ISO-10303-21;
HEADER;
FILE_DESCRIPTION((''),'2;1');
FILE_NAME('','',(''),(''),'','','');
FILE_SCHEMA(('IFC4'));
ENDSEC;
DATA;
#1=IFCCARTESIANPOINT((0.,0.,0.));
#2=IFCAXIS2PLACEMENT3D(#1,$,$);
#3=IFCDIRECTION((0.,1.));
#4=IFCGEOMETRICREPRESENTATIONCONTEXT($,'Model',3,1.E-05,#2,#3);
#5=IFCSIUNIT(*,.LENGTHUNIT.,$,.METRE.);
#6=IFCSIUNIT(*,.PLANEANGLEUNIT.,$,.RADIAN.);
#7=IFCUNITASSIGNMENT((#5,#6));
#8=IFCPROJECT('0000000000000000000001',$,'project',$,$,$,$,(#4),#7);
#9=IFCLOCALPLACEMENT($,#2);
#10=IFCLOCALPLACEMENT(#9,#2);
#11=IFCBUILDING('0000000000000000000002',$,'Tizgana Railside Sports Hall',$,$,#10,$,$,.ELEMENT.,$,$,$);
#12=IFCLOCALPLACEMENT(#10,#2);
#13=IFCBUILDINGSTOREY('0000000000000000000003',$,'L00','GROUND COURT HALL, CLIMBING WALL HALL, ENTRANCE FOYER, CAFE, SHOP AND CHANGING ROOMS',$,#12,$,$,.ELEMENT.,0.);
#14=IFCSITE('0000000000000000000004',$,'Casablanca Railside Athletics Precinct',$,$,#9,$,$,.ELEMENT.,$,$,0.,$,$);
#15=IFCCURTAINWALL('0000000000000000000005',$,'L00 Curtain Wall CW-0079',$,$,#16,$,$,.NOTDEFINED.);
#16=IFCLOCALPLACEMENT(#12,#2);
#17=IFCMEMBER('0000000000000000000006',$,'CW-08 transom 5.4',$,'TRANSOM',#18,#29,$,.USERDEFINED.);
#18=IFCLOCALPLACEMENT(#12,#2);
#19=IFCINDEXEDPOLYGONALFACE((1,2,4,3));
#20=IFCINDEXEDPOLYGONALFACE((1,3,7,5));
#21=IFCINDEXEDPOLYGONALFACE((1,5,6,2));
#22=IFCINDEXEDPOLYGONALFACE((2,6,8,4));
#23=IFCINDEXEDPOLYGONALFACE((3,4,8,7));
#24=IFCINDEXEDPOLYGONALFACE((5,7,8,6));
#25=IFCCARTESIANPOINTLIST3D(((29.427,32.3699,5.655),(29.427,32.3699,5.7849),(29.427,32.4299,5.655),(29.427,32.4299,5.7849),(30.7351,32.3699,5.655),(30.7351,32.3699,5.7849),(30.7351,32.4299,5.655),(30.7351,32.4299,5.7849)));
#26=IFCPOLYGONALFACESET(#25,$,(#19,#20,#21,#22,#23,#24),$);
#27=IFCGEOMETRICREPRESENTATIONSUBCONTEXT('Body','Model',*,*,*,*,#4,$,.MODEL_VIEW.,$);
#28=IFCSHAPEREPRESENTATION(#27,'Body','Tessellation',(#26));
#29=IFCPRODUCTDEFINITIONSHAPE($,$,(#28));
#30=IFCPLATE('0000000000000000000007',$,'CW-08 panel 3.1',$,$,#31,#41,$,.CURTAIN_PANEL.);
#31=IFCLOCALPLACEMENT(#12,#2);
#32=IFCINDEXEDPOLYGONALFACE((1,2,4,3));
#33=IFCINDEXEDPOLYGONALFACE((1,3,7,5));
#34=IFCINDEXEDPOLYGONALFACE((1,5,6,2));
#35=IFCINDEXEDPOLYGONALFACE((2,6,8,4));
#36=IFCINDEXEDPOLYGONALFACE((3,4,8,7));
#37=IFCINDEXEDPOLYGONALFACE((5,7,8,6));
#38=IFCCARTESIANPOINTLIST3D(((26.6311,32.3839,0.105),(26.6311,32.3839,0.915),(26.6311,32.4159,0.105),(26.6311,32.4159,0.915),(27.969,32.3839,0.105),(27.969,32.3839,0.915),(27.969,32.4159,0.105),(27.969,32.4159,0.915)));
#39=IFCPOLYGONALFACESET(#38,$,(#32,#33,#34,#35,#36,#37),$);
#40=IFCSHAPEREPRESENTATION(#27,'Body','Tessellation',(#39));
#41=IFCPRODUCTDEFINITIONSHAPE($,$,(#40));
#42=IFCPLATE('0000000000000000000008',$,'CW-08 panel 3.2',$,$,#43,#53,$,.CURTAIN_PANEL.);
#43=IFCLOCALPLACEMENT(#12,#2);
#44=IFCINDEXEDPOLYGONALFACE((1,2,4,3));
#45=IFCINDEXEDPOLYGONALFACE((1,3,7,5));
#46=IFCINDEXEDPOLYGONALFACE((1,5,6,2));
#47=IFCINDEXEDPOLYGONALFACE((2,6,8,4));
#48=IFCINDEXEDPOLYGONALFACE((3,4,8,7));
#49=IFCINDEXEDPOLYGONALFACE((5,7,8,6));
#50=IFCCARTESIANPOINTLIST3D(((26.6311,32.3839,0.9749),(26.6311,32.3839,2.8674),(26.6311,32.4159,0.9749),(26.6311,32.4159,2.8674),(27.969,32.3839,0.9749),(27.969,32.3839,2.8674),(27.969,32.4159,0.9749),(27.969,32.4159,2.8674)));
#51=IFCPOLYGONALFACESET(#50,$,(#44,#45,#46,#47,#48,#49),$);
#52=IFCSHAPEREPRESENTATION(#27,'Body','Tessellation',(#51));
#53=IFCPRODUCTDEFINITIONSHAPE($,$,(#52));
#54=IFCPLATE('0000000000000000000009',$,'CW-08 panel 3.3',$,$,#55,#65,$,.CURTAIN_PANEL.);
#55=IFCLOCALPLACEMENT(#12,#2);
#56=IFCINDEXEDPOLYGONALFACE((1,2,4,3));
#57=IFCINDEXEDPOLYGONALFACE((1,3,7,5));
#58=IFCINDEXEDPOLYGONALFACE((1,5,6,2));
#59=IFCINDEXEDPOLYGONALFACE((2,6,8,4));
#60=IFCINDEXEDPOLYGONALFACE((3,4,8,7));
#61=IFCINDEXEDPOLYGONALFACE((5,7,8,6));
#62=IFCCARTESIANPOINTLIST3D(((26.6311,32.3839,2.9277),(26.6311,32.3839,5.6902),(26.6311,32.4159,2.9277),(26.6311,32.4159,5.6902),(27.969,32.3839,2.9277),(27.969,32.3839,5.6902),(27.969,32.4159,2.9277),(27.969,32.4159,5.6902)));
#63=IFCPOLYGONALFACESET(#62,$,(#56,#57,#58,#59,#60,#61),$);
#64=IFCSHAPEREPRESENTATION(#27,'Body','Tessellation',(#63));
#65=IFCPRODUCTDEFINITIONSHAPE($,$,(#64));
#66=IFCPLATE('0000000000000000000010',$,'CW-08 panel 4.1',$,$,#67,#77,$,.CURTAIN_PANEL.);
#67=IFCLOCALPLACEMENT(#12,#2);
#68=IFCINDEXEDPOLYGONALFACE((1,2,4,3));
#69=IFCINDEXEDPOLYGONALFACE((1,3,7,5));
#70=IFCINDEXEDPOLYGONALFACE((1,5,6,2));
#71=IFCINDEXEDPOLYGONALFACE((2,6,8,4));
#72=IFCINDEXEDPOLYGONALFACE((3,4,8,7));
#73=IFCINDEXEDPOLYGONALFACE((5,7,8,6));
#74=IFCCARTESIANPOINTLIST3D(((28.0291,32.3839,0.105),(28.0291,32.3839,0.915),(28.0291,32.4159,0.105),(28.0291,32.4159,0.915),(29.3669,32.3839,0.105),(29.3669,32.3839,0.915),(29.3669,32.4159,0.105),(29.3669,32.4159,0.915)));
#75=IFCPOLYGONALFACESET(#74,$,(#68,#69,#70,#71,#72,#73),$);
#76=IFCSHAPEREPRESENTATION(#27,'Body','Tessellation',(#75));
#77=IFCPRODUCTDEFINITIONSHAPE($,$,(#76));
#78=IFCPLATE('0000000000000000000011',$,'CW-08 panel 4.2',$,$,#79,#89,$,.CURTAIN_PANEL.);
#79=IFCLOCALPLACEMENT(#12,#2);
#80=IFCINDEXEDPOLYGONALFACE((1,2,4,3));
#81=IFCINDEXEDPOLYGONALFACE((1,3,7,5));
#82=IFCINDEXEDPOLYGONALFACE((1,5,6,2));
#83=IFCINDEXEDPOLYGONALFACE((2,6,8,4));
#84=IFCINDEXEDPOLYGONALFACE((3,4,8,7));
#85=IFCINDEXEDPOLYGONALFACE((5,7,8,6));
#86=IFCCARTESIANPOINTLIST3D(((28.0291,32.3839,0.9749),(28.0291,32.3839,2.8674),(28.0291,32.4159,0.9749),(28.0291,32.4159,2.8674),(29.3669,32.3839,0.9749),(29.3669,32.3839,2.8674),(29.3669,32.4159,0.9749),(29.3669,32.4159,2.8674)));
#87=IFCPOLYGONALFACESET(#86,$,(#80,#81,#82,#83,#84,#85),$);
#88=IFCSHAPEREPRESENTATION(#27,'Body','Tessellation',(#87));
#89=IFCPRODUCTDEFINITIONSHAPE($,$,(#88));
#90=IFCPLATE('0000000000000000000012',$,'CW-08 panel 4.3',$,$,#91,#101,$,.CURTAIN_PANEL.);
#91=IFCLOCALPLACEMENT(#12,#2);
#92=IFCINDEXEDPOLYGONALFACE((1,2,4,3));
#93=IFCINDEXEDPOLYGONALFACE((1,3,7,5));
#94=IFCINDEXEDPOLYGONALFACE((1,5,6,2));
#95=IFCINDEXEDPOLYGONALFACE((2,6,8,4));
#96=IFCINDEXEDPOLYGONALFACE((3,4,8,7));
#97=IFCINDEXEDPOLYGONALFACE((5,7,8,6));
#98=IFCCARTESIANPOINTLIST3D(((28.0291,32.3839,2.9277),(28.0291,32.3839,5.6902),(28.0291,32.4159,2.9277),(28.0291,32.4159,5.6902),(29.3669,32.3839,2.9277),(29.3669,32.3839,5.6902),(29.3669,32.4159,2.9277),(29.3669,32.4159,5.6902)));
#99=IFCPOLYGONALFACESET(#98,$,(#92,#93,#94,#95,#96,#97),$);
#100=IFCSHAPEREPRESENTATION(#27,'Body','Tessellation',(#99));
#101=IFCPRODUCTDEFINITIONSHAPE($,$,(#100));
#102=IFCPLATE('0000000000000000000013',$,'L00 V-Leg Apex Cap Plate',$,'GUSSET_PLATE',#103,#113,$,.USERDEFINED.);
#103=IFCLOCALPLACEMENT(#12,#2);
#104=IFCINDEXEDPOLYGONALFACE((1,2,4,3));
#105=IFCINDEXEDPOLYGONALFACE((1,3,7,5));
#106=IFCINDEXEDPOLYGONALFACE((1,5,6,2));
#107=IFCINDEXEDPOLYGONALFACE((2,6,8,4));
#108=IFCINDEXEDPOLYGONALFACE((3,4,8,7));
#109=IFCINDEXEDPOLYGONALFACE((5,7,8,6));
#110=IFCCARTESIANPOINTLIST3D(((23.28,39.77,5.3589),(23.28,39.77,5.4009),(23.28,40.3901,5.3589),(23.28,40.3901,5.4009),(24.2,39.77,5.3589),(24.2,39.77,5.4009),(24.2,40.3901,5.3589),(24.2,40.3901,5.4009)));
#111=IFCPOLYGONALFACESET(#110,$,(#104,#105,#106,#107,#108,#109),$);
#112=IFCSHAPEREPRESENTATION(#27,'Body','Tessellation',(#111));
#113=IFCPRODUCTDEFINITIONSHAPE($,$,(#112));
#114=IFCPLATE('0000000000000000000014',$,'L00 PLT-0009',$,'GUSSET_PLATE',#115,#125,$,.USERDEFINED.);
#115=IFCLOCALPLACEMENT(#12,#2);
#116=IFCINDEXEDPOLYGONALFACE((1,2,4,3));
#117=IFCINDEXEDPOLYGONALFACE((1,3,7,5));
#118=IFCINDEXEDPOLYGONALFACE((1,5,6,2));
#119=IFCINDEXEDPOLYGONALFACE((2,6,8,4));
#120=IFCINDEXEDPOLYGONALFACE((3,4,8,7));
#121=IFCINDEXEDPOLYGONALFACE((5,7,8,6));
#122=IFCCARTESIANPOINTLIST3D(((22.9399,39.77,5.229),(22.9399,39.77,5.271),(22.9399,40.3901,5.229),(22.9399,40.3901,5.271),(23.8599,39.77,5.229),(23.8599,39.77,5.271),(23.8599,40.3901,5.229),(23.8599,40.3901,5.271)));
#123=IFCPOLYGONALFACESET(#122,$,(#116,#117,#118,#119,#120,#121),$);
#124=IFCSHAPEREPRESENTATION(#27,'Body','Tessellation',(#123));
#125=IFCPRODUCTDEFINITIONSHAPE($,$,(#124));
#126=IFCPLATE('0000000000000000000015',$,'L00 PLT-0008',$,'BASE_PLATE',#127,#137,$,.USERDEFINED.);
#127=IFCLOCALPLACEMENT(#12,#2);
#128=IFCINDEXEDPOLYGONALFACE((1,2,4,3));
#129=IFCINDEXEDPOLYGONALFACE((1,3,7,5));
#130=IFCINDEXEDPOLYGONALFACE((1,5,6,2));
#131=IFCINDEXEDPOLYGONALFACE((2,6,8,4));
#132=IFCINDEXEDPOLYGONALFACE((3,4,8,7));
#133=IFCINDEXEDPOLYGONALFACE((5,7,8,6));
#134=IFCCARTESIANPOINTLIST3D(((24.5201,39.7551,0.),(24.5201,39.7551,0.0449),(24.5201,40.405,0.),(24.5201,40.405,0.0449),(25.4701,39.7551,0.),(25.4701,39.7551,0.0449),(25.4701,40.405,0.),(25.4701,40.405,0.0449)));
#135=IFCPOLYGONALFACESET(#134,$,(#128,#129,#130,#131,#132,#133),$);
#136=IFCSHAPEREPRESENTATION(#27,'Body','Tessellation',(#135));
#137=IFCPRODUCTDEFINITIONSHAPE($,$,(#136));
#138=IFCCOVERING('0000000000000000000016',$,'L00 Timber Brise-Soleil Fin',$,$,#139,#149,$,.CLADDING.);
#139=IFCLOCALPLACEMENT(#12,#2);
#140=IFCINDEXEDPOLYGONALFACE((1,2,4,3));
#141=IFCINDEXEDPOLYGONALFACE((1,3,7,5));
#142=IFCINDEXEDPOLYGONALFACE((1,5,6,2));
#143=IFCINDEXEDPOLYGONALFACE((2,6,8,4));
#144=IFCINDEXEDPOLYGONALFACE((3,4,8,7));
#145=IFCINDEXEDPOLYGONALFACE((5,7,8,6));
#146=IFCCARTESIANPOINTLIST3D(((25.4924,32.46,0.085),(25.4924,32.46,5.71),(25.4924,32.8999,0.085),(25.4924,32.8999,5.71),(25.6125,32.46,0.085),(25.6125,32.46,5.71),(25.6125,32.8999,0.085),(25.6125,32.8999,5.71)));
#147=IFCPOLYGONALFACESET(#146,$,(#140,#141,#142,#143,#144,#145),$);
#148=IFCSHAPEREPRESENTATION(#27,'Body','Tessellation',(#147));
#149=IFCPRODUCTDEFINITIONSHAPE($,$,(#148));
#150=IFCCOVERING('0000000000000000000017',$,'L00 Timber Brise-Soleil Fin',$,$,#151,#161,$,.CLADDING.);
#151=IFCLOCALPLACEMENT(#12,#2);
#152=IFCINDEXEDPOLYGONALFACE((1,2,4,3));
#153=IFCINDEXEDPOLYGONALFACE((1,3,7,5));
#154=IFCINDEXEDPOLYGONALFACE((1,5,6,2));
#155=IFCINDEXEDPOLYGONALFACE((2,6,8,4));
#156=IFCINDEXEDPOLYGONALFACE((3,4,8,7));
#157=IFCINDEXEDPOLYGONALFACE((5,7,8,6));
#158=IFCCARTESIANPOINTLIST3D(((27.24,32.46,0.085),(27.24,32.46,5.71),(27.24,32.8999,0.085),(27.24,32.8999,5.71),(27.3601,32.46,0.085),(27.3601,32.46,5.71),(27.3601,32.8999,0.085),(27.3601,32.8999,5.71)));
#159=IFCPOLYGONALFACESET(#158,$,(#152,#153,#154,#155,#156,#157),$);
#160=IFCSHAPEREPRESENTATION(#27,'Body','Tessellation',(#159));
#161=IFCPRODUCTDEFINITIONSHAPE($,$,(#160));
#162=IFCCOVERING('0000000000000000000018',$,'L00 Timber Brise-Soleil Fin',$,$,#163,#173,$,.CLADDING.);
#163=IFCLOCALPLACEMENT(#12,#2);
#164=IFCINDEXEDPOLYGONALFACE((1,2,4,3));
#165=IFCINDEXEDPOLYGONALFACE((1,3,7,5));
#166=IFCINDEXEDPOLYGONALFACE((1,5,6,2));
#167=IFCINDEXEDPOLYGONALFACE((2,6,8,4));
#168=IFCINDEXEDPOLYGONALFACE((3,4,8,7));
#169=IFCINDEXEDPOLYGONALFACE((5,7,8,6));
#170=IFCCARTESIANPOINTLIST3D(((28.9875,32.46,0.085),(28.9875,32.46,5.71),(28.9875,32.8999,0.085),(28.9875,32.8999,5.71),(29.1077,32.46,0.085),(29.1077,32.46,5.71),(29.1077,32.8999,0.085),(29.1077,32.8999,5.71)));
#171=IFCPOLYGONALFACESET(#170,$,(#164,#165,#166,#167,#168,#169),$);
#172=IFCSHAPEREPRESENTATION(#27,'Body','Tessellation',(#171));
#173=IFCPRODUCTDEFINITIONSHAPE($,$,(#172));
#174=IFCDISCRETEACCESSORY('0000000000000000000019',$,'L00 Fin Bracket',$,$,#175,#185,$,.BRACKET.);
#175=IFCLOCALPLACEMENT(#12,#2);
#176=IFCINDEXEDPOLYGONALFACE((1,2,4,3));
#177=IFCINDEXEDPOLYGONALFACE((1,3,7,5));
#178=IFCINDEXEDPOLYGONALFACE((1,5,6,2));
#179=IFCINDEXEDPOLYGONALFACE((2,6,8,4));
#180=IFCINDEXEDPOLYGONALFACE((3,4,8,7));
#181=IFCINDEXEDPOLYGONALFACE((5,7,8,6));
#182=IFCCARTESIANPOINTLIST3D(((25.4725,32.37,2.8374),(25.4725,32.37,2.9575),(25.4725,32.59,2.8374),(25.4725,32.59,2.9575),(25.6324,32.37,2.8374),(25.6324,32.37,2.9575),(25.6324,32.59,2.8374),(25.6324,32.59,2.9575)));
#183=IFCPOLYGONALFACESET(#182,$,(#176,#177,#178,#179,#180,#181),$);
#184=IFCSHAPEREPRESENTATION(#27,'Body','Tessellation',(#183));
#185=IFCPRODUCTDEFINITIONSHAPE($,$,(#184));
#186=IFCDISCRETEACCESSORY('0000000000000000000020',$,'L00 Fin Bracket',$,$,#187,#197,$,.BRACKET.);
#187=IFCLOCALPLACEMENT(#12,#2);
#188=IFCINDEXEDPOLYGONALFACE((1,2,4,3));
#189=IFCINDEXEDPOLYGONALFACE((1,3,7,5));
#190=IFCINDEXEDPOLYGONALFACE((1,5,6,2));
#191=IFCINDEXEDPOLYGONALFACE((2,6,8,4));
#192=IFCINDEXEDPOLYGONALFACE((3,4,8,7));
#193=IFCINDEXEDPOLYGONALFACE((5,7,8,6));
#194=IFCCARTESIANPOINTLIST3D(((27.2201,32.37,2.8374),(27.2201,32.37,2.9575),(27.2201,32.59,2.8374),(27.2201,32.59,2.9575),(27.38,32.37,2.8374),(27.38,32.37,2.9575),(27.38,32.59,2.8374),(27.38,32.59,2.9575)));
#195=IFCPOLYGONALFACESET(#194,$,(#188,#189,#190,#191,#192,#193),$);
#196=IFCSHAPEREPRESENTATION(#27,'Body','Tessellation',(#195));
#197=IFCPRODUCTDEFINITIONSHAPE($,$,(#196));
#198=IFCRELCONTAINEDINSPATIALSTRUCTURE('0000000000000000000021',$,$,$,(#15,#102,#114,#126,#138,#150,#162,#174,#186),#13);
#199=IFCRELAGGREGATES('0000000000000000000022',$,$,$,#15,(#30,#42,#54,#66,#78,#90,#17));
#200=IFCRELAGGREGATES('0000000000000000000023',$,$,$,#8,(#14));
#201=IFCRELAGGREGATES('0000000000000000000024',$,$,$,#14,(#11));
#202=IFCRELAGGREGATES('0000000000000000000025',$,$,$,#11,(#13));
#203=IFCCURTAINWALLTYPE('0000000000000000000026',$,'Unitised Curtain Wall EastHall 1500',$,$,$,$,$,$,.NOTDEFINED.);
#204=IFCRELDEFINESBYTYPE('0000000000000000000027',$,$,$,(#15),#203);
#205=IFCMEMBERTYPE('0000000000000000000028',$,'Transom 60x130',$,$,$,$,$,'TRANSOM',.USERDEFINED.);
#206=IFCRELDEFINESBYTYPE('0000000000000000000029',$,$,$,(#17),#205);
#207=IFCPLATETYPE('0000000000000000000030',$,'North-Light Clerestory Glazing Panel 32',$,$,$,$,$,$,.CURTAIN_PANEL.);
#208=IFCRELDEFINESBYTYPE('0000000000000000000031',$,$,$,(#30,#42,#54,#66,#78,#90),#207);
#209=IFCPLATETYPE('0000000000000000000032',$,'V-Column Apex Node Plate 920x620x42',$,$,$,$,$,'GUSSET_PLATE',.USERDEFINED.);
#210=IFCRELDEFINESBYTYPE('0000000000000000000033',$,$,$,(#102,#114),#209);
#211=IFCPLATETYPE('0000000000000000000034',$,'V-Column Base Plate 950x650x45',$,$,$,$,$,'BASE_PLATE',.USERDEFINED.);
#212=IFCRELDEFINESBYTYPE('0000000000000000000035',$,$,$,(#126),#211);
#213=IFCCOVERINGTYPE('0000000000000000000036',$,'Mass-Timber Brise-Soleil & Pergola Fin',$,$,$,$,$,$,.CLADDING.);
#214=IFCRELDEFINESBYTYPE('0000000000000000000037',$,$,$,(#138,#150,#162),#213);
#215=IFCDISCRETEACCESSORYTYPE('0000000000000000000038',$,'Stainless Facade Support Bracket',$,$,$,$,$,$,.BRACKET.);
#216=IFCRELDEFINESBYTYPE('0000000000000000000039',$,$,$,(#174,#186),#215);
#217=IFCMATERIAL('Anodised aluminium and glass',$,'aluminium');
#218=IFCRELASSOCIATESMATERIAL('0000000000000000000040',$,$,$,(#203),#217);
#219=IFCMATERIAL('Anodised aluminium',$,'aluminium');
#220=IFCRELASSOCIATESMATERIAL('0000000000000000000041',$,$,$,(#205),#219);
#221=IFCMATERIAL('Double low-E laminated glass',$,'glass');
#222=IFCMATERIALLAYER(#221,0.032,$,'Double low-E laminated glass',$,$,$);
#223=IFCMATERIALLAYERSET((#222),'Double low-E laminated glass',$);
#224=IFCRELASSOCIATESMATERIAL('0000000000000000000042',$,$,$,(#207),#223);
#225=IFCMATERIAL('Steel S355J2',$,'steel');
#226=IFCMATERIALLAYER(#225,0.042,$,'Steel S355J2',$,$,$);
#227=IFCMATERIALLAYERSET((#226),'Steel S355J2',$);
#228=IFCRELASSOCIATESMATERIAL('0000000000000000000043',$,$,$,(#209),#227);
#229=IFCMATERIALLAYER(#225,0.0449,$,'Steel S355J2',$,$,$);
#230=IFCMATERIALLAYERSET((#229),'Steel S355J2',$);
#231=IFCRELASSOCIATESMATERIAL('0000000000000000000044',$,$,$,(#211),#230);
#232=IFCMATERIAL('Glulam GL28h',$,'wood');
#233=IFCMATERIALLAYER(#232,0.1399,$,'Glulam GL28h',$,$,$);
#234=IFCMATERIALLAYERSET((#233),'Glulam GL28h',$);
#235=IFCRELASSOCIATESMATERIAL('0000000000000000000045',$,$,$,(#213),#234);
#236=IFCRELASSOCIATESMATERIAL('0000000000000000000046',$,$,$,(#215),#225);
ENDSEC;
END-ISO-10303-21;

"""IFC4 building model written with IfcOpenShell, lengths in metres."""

from ifc_helpers import new_model, si_unit, direction, frame, origin, origin_2d, place, context, subcontext, project, spatial, rectangle, extrude, material, layer, layer_set, material_profile, profile_set, type_object, element, aggregate, save


model = new_model("IFC4")

# Units and contexts
model_context = context("Model", 3, precision=1e-05, world=origin(), true_north=direction((0.0, 1.0)))
body_context = subcontext(model_context, "Body", "Model", "MODEL_VIEW")
ifc_project = project(units=[si_unit("LENGTHUNIT", "METRE"), si_unit("PLANEANGLEUNIT", "RADIAN")], contexts=[model_context])

# Site, building, storey
site_placement = place(None, origin())
site = spatial("IfcSite", under=ifc_project, at=site_placement, Name="Casablanca Railside Athletics Precinct", CompositionType="ELEMENT", RefElevation=0.0)
building_placement = place(site_placement, origin())
building = spatial("IfcBuilding", under=site, at=building_placement, Name="Tizgana Railside Sports Hall", CompositionType="ELEMENT")
storey_placement = place(building_placement, origin())
storey = spatial("IfcBuildingStorey", under=building, at=storey_placement, Name="L00", Description="GROUND COURT HALL, CLIMBING WALL HALL, ENTRANCE FOYER, CAFE, SHOP AND CHANGING ROOMS", CompositionType="ELEMENT", Elevation=0.0)

# Shared definitions
ifc_material_1 = material(Name="Steel S355J2", Category="steel")

# Curtain wall
ifc_material_2 = material(Name="Anodised aluminium and glass", Category="aluminium")
curtain_wall_type = type_object("IfcCurtainWallType", Name="Unitised Curtain Wall EastHall 1500", PredefinedType="NOTDEFINED", material=ifc_material_2)
curtain_wall_placement = place(storey_placement, origin())
curtain_wall = element("IfcCurtainWall", 1, at=curtain_wall_placement, inside=storey, type_object=curtain_wall_type, Name="L00 Curtain Wall CW-0079", PredefinedType="NOTDEFINED")
ifc_material_3 = material(Name="Anodised aluminium", Category="aluminium")

# Member
ifc_material_profile_1 = material_profile(ifc_material_3, rectangle(XDim=0.0601, YDim=0.1299, at=origin_2d()), Name="Transom 60x130")
ifc_profile_set_1 = profile_set([ifc_material_profile_1], Name="Anodised aluminium")
member_type_1 = type_object("IfcMemberType", Name="Transom 60x130", ElementType="TRANSOM", PredefinedType="USERDEFINED", material=ifc_profile_set_1)
member_1_placement = place(storey_placement, frame((29.427, 32.3999, 5.72), z_axis=(1.0, 0.0, 0.0), x_axis=(0.0, 1.0, 0.0)))
member_1 = element("IfcMember", 2, at=member_1_placement, type_object=member_type_1, Name="CW-08 transom 5.4", ObjectType="TRANSOM", PredefinedType="USERDEFINED", context=body_context, shape_type="SweptSolid", body=[
    extrude(rectangle(XDim=0.0601, YDim=0.1299, at=origin_2d()), origin(), (0.0, 0.0, 1.0), 1.3081),
])

# Plates
ifc_material_4 = material(Name="Double low-E laminated glass", Category="glass")
ifc_layer_1 = layer(ifc_material_4, 0.032, Name="Double low-E laminated glass")
ifc_layer_set_1 = layer_set([ifc_layer_1], Name="Double low-E laminated glass")
plate_type_1 = type_object("IfcPlateType", Name="North-Light Clerestory Glazing Panel 32", PredefinedType="CURTAIN_PANEL", material=ifc_layer_set_1)
plate_1_placement = place(storey_placement, frame((27.3, 32.3999, 0.105), z_axis=(0.0, 0.0, 1.0), x_axis=(1.0, 0.0, 0.0)))
plate_1 = element("IfcPlate", 3, at=plate_1_placement, type_object=plate_type_1, Name="CW-08 panel 3.1", PredefinedType="CURTAIN_PANEL", context=body_context, shape_type="SweptSolid", body=[
    extrude(rectangle(XDim=1.3379, YDim=0.032, at=origin_2d()), origin(), (0.0, 0.0, 1.0), 0.8101),
])
plate_2_placement = place(storey_placement, frame((27.3, 32.3999, 0.9749), z_axis=(0.0, 0.0, 1.0), x_axis=(1.0, 0.0, 0.0)))
plate_2 = element("IfcPlate", 4, at=plate_2_placement, type_object=plate_type_1, Name="CW-08 panel 3.2", PredefinedType="CURTAIN_PANEL", context=body_context, shape_type="SweptSolid", body=[
    extrude(rectangle(XDim=1.3379, YDim=0.032, at=origin_2d()), origin(), (0.0, 0.0, 1.0), 1.8926),
])
plate_3_placement = place(storey_placement, frame((27.3, 32.3999, 2.9277), z_axis=(0.0, 0.0, 1.0), x_axis=(1.0, 0.0, 0.0)))
plate_3 = element("IfcPlate", 5, at=plate_3_placement, type_object=plate_type_1, Name="CW-08 panel 3.3", PredefinedType="CURTAIN_PANEL", context=body_context, shape_type="SweptSolid", body=[
    extrude(rectangle(XDim=1.3379, YDim=0.032, at=origin_2d()), origin(), (0.0, 0.0, 1.0), 2.7625),
])
plate_4_placement = place(storey_placement, frame((28.698, 32.3999, 0.105), z_axis=(0.0, 0.0, 1.0), x_axis=(1.0, 0.0, 0.0)))
plate_4 = element("IfcPlate", 6, at=plate_4_placement, type_object=plate_type_1, Name="CW-08 panel 4.1", PredefinedType="CURTAIN_PANEL", context=body_context, shape_type="SweptSolid", body=[
    extrude(rectangle(XDim=1.3379, YDim=0.032, at=origin_2d()), origin(), (0.0, 0.0, 1.0), 0.8101),
])
plate_5_placement = place(storey_placement, frame((28.698, 32.3999, 0.9749), z_axis=(0.0, 0.0, 1.0), x_axis=(1.0, 0.0, 0.0)))
plate_5 = element("IfcPlate", 7, at=plate_5_placement, type_object=plate_type_1, Name="CW-08 panel 4.2", PredefinedType="CURTAIN_PANEL", context=body_context, shape_type="SweptSolid", body=[
    extrude(rectangle(XDim=1.3379, YDim=0.032, at=origin_2d()), origin(), (0.0, 0.0, 1.0), 1.8926),
])
plate_6_placement = place(storey_placement, frame((28.698, 32.3999, 2.9277), z_axis=(0.0, 0.0, 1.0), x_axis=(1.0, 0.0, 0.0)))
plate_6 = element("IfcPlate", 8, at=plate_6_placement, type_object=plate_type_1, Name="CW-08 panel 4.3", PredefinedType="CURTAIN_PANEL", context=body_context, shape_type="SweptSolid", body=[
    extrude(rectangle(XDim=1.3379, YDim=0.032, at=origin_2d()), origin(), (0.0, 0.0, 1.0), 2.7625),
])
aggregate(curtain_wall, [plate_1, plate_2, plate_3, plate_4, plate_5, plate_6, member_1])

# Plates
ifc_layer_2 = layer(ifc_material_1, 0.042, Name="Steel S355J2")
ifc_layer_set_2 = layer_set([ifc_layer_2], Name="Steel S355J2")
plate_type_2 = type_object("IfcPlateType", Name="V-Column Apex Node Plate 920x620x42", ElementType="GUSSET_PLATE", PredefinedType="USERDEFINED", material=ifc_layer_set_2)
for number, where, z_axis, x_axis, name in (
    (9, (23.74, 40.0801, 5.3589), (0.0, 0.0, 1.0), (1.0, 0.0, 0.0), "L00 V-Leg Apex Cap Plate"),
    (10, (23.3999, 40.0801, 5.229), (0.0, 0.0, 1.0), (1.0, 0.0, 0.0), "L00 PLT-0009"),
):
    element("IfcPlate", number, at=place(storey_placement, frame(where, z_axis=z_axis, x_axis=x_axis)), inside=storey, type_object=plate_type_2, Name=name, ObjectType="GUSSET_PLATE", PredefinedType="USERDEFINED", context=body_context, shape_type="SweptSolid", body=[
        extrude(rectangle(XDim=0.9199, YDim=0.6201, at=origin_2d()), origin(), (0.0, 0.0, 1.0), 0.042),
    ])
ifc_layer_3 = layer(ifc_material_1, 0.0449, Name="Steel S355J2")
ifc_layer_set_3 = layer_set([ifc_layer_3], Name="Steel S355J2")
plate_type_3 = type_object("IfcPlateType", Name="V-Column Base Plate 950x650x45", ElementType="BASE_PLATE", PredefinedType="USERDEFINED", material=ifc_layer_set_3)
plate_7_placement = place(storey_placement, frame((24.9951, 40.0801, 0.0), z_axis=(0.0, 0.0, 1.0), x_axis=(1.0, 0.0, 0.0)))
element("IfcPlate", 11, at=plate_7_placement, inside=storey, type_object=plate_type_3, Name="L00 PLT-0008", ObjectType="BASE_PLATE", PredefinedType="USERDEFINED", context=body_context, shape_type="SweptSolid", body=[
    extrude(rectangle(XDim=0.95, YDim=0.6499, at=origin_2d()), origin(), (0.0, 0.0, 1.0), 0.0449),
])

# Coverings
ifc_material_5 = material(Name="Glulam GL28h", Category="wood")
ifc_layer_4 = layer(ifc_material_5, 0.1399, Name="Glulam GL28h")
ifc_layer_set_4 = layer_set([ifc_layer_4], Name="Glulam GL28h")
covering_type = type_object("IfcCoveringType", Name="Mass-Timber Brise-Soleil & Pergola Fin", PredefinedType="CLADDING", material=ifc_layer_set_4)
for number, where, z_axis, x_axis, name in (
    (12, (25.5525, 32.6799, 0.085), (0.0, 0.0, 1.0), (1.0, 0.0, 0.0), "L00 Timber Brise-Soleil Fin"),
    (13, (27.3, 32.6799, 0.085), (0.0, 0.0, 1.0), (1.0, 0.0, 0.0), "L00 Timber Brise-Soleil Fin"),
    (14, (29.0476, 32.6799, 0.085), (0.0, 0.0, 1.0), (1.0, 0.0, 0.0), "L00 Timber Brise-Soleil Fin"),
):
    element("IfcCovering", number, at=place(storey_placement, frame(where, z_axis=z_axis, x_axis=x_axis)), inside=storey, type_object=covering_type, Name=name, PredefinedType="CLADDING", context=body_context, shape_type="SweptSolid", body=[
        extrude(rectangle(XDim=0.1201, YDim=0.4399, at=origin_2d()), origin(), (0.0, 0.0, 1.0), 5.625),
    ])

# Discrete accessories
discrete_accessory_type = type_object("IfcDiscreteAccessoryType", Name="Stainless Facade Support Bracket", PredefinedType="BRACKET", material=ifc_material_1)
for number, where, z_axis, x_axis, name in (
    (15, (25.5525, 32.48, 2.8374), (0.0, 0.0, 1.0), (1.0, 0.0, 0.0), "L00 Fin Bracket"),
    (16, (27.3, 32.48, 2.8374), (0.0, 0.0, 1.0), (1.0, 0.0, 0.0), "L00 Fin Bracket"),
):
    element("IfcDiscreteAccessory", number, at=place(storey_placement, frame(where, z_axis=z_axis, x_axis=x_axis)), inside=storey, type_object=discrete_accessory_type, Name=name, PredefinedType="BRACKET", context=body_context, shape_type="SweptSolid", body=[
        extrude(rectangle(XDim=0.1599, YDim=0.22, at=origin_2d()), origin(), (0.0, 0.0, 1.0), 0.1201),
    ])

save(model, "model.ifc")
